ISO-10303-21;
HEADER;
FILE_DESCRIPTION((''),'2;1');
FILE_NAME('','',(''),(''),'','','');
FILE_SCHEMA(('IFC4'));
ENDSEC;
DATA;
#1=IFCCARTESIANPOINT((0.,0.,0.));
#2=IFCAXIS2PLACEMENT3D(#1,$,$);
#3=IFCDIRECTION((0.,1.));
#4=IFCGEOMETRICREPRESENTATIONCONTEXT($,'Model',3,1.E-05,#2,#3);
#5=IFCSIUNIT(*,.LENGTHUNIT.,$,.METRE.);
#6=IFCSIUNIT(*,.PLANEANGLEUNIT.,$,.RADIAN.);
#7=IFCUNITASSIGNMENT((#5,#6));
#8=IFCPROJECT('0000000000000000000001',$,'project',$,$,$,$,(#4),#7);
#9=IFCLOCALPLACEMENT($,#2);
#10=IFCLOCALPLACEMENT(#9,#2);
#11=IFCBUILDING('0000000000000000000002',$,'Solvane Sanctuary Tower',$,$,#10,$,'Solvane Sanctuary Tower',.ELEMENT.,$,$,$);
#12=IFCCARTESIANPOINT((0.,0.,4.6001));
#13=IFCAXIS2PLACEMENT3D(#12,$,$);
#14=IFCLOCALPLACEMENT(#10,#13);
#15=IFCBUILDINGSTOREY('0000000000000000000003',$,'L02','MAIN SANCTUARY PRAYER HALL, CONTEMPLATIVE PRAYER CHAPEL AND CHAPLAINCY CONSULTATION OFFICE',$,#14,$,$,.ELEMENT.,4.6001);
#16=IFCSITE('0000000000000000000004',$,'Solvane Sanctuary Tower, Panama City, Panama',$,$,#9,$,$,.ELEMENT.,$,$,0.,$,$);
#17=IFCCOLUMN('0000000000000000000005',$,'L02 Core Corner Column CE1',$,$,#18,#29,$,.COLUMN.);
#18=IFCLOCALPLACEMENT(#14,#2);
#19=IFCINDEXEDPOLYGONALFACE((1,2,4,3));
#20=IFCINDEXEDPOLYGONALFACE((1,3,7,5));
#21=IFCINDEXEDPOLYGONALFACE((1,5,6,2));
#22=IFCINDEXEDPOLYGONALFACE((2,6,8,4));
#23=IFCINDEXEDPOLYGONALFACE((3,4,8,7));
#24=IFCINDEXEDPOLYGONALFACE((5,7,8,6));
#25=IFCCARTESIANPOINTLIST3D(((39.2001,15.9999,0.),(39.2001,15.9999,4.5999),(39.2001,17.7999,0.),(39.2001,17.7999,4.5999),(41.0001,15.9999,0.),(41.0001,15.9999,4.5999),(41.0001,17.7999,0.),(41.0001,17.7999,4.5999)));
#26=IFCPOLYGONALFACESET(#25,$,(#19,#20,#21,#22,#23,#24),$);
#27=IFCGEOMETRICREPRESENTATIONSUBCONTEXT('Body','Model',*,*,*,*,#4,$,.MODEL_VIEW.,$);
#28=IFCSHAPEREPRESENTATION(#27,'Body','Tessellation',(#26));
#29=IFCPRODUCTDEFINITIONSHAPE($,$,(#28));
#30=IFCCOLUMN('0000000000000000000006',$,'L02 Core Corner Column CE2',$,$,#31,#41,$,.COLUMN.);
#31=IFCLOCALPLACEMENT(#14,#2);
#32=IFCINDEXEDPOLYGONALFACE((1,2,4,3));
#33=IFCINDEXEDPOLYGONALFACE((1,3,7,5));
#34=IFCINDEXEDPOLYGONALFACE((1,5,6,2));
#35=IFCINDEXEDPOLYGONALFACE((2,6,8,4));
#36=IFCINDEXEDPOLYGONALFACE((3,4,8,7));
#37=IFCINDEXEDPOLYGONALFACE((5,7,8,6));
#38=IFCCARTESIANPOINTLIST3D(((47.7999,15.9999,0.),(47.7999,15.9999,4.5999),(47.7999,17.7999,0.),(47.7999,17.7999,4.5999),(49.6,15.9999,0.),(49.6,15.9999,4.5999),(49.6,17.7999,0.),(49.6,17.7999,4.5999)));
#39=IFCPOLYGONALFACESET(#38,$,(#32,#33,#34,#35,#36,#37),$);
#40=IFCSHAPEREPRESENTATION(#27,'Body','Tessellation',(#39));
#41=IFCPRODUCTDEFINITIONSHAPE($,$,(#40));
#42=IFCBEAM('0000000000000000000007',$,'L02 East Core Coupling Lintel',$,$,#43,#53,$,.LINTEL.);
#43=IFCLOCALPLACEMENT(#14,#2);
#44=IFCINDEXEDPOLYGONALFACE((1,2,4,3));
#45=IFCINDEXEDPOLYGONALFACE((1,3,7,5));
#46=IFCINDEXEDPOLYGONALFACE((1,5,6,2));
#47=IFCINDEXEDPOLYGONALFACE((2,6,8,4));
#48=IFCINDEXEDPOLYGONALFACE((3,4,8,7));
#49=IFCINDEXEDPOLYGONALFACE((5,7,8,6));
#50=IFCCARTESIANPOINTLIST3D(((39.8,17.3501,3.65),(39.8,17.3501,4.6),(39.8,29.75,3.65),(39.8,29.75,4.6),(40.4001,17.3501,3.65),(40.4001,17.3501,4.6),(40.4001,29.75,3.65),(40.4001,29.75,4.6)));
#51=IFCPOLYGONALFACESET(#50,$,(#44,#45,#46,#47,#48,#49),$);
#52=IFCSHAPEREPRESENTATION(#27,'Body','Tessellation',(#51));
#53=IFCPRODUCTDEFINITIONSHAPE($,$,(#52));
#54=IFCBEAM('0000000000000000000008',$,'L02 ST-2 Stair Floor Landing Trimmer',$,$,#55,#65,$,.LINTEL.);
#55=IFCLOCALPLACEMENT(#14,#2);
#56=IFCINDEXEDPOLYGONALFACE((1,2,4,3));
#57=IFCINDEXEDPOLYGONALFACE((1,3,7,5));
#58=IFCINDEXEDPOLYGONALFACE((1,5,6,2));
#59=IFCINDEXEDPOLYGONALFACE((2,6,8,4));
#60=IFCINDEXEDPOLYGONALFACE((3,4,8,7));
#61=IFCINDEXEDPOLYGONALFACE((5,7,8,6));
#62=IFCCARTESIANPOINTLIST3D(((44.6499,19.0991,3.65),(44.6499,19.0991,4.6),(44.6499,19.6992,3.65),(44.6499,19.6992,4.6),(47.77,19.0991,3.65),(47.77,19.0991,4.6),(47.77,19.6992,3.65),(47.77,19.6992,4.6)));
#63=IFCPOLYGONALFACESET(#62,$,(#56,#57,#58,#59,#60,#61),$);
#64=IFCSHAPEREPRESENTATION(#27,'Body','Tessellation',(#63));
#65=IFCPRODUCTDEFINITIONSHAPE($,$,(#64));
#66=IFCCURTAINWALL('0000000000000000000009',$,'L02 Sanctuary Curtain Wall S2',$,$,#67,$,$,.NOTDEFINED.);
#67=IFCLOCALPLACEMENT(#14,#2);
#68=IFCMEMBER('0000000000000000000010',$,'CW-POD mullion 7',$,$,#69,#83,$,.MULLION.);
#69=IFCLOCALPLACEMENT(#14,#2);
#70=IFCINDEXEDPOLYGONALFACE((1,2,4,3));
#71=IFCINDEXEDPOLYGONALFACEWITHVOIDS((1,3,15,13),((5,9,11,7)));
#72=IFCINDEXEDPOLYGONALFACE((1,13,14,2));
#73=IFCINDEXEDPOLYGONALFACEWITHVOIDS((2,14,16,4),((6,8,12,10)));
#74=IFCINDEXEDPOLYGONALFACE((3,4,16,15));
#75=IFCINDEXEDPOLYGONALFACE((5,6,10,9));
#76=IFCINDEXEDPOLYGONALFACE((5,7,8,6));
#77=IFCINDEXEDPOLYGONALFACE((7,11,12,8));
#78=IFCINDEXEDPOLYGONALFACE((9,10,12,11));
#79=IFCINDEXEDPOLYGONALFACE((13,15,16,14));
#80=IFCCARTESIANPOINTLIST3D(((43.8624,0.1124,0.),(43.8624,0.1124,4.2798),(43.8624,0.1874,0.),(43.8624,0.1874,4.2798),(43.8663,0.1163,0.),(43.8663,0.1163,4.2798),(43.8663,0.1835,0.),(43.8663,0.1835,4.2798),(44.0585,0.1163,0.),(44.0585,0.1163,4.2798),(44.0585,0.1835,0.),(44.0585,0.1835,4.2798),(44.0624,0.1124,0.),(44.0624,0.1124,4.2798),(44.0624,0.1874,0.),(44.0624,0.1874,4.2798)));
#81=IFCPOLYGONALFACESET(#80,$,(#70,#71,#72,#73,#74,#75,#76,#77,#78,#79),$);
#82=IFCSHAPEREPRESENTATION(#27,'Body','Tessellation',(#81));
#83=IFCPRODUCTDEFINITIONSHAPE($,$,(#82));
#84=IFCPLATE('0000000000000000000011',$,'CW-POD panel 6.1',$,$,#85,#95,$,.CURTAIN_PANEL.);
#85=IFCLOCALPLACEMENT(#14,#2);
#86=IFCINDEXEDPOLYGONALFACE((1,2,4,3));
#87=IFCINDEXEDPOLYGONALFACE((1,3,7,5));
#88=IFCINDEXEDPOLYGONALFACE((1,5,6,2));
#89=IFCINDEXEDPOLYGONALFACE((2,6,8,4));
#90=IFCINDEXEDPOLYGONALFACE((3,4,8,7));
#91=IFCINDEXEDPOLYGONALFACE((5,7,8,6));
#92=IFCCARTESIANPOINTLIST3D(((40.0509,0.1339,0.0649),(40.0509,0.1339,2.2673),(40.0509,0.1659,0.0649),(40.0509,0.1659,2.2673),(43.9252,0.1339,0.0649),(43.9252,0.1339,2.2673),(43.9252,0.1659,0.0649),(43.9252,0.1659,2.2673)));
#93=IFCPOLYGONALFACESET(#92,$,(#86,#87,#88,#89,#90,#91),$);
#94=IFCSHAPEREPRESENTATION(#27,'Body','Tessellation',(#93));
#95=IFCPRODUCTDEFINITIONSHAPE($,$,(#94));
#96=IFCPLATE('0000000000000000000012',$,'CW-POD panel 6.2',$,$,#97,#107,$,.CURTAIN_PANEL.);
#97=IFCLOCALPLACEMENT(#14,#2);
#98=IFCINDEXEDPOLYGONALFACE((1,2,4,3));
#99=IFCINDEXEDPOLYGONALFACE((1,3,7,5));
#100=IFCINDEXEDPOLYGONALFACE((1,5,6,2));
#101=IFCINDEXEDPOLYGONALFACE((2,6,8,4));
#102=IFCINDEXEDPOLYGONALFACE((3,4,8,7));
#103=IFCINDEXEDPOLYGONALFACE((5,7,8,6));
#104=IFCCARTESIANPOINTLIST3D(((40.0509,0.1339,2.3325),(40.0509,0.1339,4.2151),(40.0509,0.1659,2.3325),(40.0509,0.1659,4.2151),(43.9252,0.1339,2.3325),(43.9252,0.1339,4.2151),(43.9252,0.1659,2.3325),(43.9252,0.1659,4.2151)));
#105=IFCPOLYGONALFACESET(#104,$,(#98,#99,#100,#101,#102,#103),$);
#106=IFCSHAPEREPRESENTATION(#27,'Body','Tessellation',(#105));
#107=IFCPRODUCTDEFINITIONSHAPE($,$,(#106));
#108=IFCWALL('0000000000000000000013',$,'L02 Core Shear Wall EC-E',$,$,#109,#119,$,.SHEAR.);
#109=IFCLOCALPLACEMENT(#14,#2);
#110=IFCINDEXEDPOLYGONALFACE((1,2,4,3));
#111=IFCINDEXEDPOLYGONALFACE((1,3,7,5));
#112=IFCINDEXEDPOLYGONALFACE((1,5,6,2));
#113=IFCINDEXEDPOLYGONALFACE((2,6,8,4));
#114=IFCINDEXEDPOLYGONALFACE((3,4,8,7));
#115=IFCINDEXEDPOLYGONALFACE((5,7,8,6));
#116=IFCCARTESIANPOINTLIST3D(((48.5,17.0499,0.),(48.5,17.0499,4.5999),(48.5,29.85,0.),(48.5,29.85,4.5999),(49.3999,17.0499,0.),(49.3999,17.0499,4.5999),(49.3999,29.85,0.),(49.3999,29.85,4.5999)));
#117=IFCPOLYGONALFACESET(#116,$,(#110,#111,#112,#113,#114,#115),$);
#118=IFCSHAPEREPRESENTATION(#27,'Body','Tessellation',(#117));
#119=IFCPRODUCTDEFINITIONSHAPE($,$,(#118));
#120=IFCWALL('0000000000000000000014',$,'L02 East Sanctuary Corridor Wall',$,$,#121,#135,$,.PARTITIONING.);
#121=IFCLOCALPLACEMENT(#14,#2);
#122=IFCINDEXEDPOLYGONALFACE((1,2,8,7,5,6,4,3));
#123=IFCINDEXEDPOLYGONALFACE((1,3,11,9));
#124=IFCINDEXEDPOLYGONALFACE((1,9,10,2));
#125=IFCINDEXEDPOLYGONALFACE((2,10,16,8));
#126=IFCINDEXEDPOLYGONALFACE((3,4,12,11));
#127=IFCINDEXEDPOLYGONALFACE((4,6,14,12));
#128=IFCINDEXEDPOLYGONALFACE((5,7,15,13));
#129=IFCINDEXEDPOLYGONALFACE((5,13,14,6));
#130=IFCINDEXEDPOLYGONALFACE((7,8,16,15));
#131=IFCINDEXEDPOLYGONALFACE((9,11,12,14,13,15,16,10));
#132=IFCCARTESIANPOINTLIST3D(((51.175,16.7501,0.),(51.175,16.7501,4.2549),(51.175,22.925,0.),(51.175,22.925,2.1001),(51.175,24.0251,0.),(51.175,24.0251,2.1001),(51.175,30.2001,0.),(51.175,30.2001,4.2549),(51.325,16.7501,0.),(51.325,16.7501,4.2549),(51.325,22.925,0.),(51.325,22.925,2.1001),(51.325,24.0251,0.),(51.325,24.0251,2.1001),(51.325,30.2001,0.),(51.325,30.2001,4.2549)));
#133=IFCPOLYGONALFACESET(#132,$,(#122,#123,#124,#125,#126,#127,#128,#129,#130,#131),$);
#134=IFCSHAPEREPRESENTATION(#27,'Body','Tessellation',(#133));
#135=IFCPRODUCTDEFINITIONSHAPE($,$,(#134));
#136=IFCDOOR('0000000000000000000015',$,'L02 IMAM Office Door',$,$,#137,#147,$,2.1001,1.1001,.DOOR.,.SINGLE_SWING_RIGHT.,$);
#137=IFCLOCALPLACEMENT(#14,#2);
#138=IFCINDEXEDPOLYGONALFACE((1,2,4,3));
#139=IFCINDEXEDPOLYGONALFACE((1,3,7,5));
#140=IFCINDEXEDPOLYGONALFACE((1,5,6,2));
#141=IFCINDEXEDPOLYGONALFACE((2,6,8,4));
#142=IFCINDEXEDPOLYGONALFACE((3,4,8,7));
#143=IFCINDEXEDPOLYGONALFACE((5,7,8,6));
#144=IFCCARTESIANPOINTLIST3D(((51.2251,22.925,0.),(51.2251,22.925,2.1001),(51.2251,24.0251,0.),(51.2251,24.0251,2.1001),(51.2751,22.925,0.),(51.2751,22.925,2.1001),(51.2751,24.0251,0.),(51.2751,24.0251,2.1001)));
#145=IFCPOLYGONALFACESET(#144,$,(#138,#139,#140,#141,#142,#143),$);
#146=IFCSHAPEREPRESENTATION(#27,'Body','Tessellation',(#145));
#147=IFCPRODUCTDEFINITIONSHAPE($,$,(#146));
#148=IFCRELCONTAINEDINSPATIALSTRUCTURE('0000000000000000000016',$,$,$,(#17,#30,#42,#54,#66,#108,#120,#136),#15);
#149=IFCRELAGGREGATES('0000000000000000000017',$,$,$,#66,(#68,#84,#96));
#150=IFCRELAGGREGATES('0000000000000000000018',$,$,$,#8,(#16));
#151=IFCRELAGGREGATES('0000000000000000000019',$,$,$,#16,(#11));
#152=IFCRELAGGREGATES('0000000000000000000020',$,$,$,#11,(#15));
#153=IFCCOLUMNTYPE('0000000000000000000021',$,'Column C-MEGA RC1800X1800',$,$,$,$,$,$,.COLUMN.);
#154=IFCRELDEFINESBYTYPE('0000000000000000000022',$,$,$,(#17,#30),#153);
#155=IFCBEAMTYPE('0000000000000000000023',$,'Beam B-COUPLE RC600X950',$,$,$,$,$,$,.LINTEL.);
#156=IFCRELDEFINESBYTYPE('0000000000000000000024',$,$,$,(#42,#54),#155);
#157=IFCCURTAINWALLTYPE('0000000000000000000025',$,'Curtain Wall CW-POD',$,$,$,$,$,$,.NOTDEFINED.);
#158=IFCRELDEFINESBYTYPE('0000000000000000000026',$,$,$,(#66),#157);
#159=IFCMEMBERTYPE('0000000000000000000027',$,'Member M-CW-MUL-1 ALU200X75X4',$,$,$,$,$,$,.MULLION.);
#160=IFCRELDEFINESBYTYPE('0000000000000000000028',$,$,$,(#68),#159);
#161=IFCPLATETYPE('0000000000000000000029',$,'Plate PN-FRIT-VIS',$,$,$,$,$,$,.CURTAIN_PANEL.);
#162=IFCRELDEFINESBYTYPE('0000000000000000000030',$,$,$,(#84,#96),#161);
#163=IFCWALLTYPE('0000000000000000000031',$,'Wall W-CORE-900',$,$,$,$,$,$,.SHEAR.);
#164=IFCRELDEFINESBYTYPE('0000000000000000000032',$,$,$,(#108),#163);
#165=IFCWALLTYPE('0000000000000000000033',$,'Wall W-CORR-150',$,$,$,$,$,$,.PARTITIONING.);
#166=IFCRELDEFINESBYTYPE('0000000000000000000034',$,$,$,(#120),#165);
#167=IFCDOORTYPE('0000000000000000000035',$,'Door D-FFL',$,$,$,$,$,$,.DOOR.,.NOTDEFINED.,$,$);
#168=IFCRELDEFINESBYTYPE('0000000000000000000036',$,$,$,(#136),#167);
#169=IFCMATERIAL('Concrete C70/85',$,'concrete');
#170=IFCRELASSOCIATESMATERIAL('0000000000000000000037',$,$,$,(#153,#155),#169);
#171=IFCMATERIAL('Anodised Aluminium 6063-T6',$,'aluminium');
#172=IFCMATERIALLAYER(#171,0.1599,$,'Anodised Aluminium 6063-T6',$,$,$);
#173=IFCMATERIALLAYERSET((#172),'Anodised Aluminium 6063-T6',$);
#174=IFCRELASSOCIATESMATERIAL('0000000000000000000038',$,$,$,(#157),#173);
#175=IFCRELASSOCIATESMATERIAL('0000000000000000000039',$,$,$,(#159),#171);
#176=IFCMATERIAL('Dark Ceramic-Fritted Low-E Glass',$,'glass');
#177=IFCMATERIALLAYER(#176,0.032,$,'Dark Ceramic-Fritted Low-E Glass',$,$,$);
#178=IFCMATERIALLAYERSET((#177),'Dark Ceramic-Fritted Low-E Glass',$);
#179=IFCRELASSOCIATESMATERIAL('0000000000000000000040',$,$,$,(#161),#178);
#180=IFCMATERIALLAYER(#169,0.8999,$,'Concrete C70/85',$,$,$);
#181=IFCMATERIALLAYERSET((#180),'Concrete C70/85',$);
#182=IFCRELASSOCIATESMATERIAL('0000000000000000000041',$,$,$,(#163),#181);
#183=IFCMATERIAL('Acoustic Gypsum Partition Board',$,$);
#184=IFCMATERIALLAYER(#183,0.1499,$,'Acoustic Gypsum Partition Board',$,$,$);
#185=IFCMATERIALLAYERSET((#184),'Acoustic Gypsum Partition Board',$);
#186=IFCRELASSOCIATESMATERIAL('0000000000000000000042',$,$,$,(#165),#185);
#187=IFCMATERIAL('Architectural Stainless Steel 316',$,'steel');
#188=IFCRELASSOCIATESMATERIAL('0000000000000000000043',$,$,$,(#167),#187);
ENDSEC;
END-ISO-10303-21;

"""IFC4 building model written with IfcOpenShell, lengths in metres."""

from ifc_helpers import new_model, si_unit, direction, frame, frame_2d, origin, origin_2d, place, context, subcontext, project, spatial, rectangle, hollow_rectangle, extrude, material, layer, layer_set, material_profile, profile_set, type_object, element, fill, aggregate, save


model = new_model("IFC4")

# Units and contexts
model_context = context("Model", 3, precision=1e-05, world=origin(), true_north=direction((0.0, 1.0)))
body_context = subcontext(model_context, "Body", "Model", "MODEL_VIEW")
ifc_project = project(units=[si_unit("LENGTHUNIT", "METRE"), si_unit("PLANEANGLEUNIT", "RADIAN")], contexts=[model_context])

# Site, building, storey
site_placement = place(None, origin())
site = spatial("IfcSite", under=ifc_project, at=site_placement, Name="Solvane Sanctuary Tower, Panama City, Panama", CompositionType="ELEMENT", RefElevation=0.0)
building_placement = place(site_placement, origin())
building = spatial("IfcBuilding", under=site, at=building_placement, Name="Solvane Sanctuary Tower", LongName="Solvane Sanctuary Tower", CompositionType="ELEMENT")
storey_placement = place(building_placement, frame((0.0, 0.0, 4.6001)))
storey = spatial("IfcBuildingStorey", under=building, at=storey_placement, Name="L02", Description="MAIN SANCTUARY PRAYER HALL, CONTEMPLATIVE PRAYER CHAPEL AND CHAPLAINCY CONSULTATION OFFICE", CompositionType="ELEMENT", Elevation=4.6001)

# Columns
ifc_material_1 = material(Name="Concrete C70/85", Category="concrete")
ifc_material_profile_1 = material_profile(ifc_material_1, rectangle(XDim=1.8, YDim=1.8, at=origin_2d()), Name="RC1800X1800")
ifc_profile_set_1 = profile_set([ifc_material_profile_1], Name="Concrete C70/85")
column_type = type_object("IfcColumnType", Name="Column C-MEGA RC1800X1800", PredefinedType="COLUMN", material=ifc_profile_set_1)
for number, where, z_axis, x_axis, name in (
    (1, (40.1001, 16.8999, 0.0), (0.0, 0.0, 1.0), (1.0, 0.0, 0.0), "L02 Core Corner Column CE1"),
    (2, (48.7, 16.8999, 0.0), (0.0, 0.0, 1.0), (1.0, 0.0, 0.0), "L02 Core Corner Column CE2"),
):
    element("IfcColumn", number, at=place(storey_placement, frame(where, z_axis=z_axis, x_axis=x_axis)), inside=storey, type_object=column_type, Name=name, PredefinedType="COLUMN", context=body_context, shape_type="SweptSolid", body=[
        extrude(rectangle(XDim=1.8, YDim=1.8, at=origin_2d()), origin(), (0.0, 0.0, 1.0), 4.5999),
    ])

# Beams
ifc_material_profile_2 = material_profile(ifc_material_1, rectangle(XDim=0.6001, YDim=0.95, at=origin_2d()), Name="RC600X950")
ifc_profile_set_2 = profile_set([ifc_material_profile_2], Name="Concrete C70/85")
beam_type = type_object("IfcBeamType", Name="Beam B-COUPLE RC600X950", PredefinedType="LINTEL", material=ifc_profile_set_2)
beam_1_placement = place(storey_placement, frame((40.1001, 17.3501, 4.125), z_axis=(0.0, 1.0, 0.0), x_axis=(-1.0, 0.0, 0.0)))
element("IfcBeam", 3, at=beam_1_placement, inside=storey, type_object=beam_type, Name="L02 East Core Coupling Lintel", PredefinedType="LINTEL", context=body_context, shape_type="SweptSolid", body=[
    extrude(rectangle(XDim=0.6001, YDim=0.95, at=origin_2d()), origin(), (0.0, 0.0, 1.0), 12.3999),
])
beam_2_placement = place(storey_placement, frame((44.6499, 19.3992, 4.125), z_axis=(1.0, 0.0, 0.0), x_axis=(0.0, 1.0, 0.0)))
element("IfcBeam", 4, at=beam_2_placement, inside=storey, type_object=beam_type, Name="L02 ST-2 Stair Floor Landing Trimmer", PredefinedType="LINTEL", context=body_context, shape_type="SweptSolid", body=[
    extrude(rectangle(XDim=0.6001, YDim=0.95, at=origin_2d()), origin(), (0.0, 0.0, 1.0), 3.1201),
])

# Curtain wall, member, plates
ifc_material_2 = material(Name="Anodised Aluminium 6063-T6", Category="aluminium")
ifc_layer_1 = layer(ifc_material_2, 0.1599, Name="Anodised Aluminium 6063-T6")
ifc_layer_set_1 = layer_set([ifc_layer_1], Name="Anodised Aluminium 6063-T6")
curtain_wall_type = type_object("IfcCurtainWallType", Name="Curtain Wall CW-POD", PredefinedType="NOTDEFINED", material=ifc_layer_set_1)
curtain_wall_placement = place(storey_placement, origin())
curtain_wall = element("IfcCurtainWall", 5, at=curtain_wall_placement, inside=storey, type_object=curtain_wall_type, Name="L02 Sanctuary Curtain Wall S2", PredefinedType="NOTDEFINED")
ifc_material_profile_3 = material_profile(ifc_material_2, hollow_rectangle(XDim=0.075, YDim=0.2, WallThickness=0.0039, at=origin_2d()), Name="ALU200X75X4")
ifc_profile_set_3 = profile_set([ifc_material_profile_3], Name="Anodised Aluminium 6063-T6")
member_type = type_object("IfcMemberType", Name="Member M-CW-MUL-1 ALU200X75X4", PredefinedType="MULLION", material=ifc_profile_set_3)
member_placement = place(storey_placement, frame((43.9624, 0.1499, 0.0), z_axis=(0.0, 0.0, 1.0), x_axis=(0.0, 1.0, 0.0)))
member = element("IfcMember", 6, at=member_placement, type_object=member_type, Name="CW-POD mullion 7", PredefinedType="MULLION", context=body_context, shape_type="SweptSolid", body=[
    extrude(hollow_rectangle(XDim=0.075, YDim=0.2, WallThickness=0.0039, at=origin_2d()), origin(), (0.0, 0.0, 1.0), 4.2798),
])
ifc_material_3 = material(Name="Dark Ceramic-Fritted Low-E Glass", Category="glass")
ifc_layer_2 = layer(ifc_material_3, 0.032, Name="Dark Ceramic-Fritted Low-E Glass")
ifc_layer_set_2 = layer_set([ifc_layer_2], Name="Dark Ceramic-Fritted Low-E Glass")
plate_type = type_object("IfcPlateType", Name="Plate PN-FRIT-VIS", PredefinedType="CURTAIN_PANEL", material=ifc_layer_set_2)
plate_1_placement = place(storey_placement, frame((41.988, 0.1499, 0.0649), z_axis=(0.0, 0.0, 1.0), x_axis=(1.0, 0.0, 0.0)))
plate_1 = element("IfcPlate", 7, at=plate_1_placement, type_object=plate_type, Name="CW-POD panel 6.1", PredefinedType="CURTAIN_PANEL", context=body_context, shape_type="SweptSolid", body=[
    extrude(rectangle(XDim=3.8743, YDim=0.032, at=origin_2d()), origin(), (0.0, 0.0, 1.0), 2.2024),
])
plate_2_placement = place(storey_placement, frame((41.988, 0.1499, 2.3325), z_axis=(0.0, 0.0, 1.0), x_axis=(1.0, 0.0, 0.0)))
plate_2 = element("IfcPlate", 8, at=plate_2_placement, type_object=plate_type, Name="CW-POD panel 6.2", PredefinedType="CURTAIN_PANEL", context=body_context, shape_type="SweptSolid", body=[
    extrude(rectangle(XDim=3.8743, YDim=0.032, at=origin_2d()), origin(), (0.0, 0.0, 1.0), 1.8826),
])
aggregate(curtain_wall, [member, plate_1, plate_2])

# Wall
ifc_layer_3 = layer(ifc_material_1, 0.8999, Name="Concrete C70/85")
ifc_layer_set_3 = layer_set([ifc_layer_3], Name="Concrete C70/85")
wall_type_1 = type_object("IfcWallType", Name="Wall W-CORE-900", PredefinedType="SHEAR", material=ifc_layer_set_3)
wall_1_placement = place(storey_placement, frame((48.95, 17.05, 0.0), z_axis=(0.0, 0.0, 1.0), x_axis=(0.0, 1.0, 0.0)))
element("IfcWall", 9, at=wall_1_placement, inside=storey, type_object=wall_type_1, Name="L02 Core Shear Wall EC-E", PredefinedType="SHEAR", context=body_context, shape_type="SweptSolid", body=[
    extrude(rectangle(XDim=12.8, YDim=0.8999, at=frame_2d((6.3999, 0.0))), origin(), (0.0, 0.0, 1.0), 4.5999),
])

# Wall, opening, door
ifc_material_4 = material(Name="Acoustic Gypsum Partition Board")
ifc_layer_4 = layer(ifc_material_4, 0.1499, Name="Acoustic Gypsum Partition Board")
ifc_layer_set_4 = layer_set([ifc_layer_4], Name="Acoustic Gypsum Partition Board")
wall_type_2 = type_object("IfcWallType", Name="Wall W-CORR-150", PredefinedType="PARTITIONING", material=ifc_layer_set_4)
wall_2_placement = place(storey_placement, frame((51.25, 16.75, 0.0), z_axis=(0.0, 0.0, 1.0), x_axis=(0.0, 1.0, 0.0)))
wall_2 = element("IfcWall", 10, at=wall_2_placement, inside=storey, type_object=wall_type_2, Name="L02 East Sanctuary Corridor Wall", PredefinedType="PARTITIONING", context=body_context, shape_type="SweptSolid", body=[
    extrude(rectangle(XDim=13.45, YDim=0.1499, at=frame_2d((6.7251, 0.0))), origin(), (0.0, 0.0, 1.0), 4.2549),
])
opening_1_placement = place(wall_2_placement, frame((6.175, 0.0, 0.0)))
opening_1 = element("IfcOpeningElement", 11, at=opening_1_placement, cuts=wall_2, PredefinedType="OPENING", context=body_context, shape_type="SweptSolid", body=[
    extrude(rectangle(XDim=1.1001, YDim=2.1001, at=frame_2d((0.55, 1.05))), frame((0.0, 0.085, 0.0), z_axis=(0.0, -1.0, 0.0), x_axis=(1.0, 0.0, 0.0)), (0.0, 0.0, 1.0), 0.1699),
])
ifc_material_5 = material(Name="Architectural Stainless Steel 316", Category="steel")
door_type_1 = type_object("IfcDoorType", Name="Door D-FFL", OperationType="NOTDEFINED", PredefinedType="DOOR", material=ifc_material_5)
door_1_placement = place(opening_1_placement, origin())
door_1 = element("IfcDoor", 12, at=door_1_placement, inside=storey, type_object=door_type_1, Name="L02 IMAM Office Door", OperationType="SINGLE_SWING_RIGHT", OverallHeight=2.1001, OverallWidth=1.1001, PredefinedType="DOOR", context=body_context, shape_type="SweptSolid", body=[
    extrude(rectangle(XDim=1.1001, YDim=2.1001, at=frame_2d((0.55, 1.05))), frame((0.0, 0.0249, 0.0), z_axis=(0.0, -1.0, 0.0), x_axis=(1.0, 0.0, 0.0)), (0.0, 0.0, 1.0), 0.05),
])
fill(opening_1, door_1)

save(model, "model.ifc")
